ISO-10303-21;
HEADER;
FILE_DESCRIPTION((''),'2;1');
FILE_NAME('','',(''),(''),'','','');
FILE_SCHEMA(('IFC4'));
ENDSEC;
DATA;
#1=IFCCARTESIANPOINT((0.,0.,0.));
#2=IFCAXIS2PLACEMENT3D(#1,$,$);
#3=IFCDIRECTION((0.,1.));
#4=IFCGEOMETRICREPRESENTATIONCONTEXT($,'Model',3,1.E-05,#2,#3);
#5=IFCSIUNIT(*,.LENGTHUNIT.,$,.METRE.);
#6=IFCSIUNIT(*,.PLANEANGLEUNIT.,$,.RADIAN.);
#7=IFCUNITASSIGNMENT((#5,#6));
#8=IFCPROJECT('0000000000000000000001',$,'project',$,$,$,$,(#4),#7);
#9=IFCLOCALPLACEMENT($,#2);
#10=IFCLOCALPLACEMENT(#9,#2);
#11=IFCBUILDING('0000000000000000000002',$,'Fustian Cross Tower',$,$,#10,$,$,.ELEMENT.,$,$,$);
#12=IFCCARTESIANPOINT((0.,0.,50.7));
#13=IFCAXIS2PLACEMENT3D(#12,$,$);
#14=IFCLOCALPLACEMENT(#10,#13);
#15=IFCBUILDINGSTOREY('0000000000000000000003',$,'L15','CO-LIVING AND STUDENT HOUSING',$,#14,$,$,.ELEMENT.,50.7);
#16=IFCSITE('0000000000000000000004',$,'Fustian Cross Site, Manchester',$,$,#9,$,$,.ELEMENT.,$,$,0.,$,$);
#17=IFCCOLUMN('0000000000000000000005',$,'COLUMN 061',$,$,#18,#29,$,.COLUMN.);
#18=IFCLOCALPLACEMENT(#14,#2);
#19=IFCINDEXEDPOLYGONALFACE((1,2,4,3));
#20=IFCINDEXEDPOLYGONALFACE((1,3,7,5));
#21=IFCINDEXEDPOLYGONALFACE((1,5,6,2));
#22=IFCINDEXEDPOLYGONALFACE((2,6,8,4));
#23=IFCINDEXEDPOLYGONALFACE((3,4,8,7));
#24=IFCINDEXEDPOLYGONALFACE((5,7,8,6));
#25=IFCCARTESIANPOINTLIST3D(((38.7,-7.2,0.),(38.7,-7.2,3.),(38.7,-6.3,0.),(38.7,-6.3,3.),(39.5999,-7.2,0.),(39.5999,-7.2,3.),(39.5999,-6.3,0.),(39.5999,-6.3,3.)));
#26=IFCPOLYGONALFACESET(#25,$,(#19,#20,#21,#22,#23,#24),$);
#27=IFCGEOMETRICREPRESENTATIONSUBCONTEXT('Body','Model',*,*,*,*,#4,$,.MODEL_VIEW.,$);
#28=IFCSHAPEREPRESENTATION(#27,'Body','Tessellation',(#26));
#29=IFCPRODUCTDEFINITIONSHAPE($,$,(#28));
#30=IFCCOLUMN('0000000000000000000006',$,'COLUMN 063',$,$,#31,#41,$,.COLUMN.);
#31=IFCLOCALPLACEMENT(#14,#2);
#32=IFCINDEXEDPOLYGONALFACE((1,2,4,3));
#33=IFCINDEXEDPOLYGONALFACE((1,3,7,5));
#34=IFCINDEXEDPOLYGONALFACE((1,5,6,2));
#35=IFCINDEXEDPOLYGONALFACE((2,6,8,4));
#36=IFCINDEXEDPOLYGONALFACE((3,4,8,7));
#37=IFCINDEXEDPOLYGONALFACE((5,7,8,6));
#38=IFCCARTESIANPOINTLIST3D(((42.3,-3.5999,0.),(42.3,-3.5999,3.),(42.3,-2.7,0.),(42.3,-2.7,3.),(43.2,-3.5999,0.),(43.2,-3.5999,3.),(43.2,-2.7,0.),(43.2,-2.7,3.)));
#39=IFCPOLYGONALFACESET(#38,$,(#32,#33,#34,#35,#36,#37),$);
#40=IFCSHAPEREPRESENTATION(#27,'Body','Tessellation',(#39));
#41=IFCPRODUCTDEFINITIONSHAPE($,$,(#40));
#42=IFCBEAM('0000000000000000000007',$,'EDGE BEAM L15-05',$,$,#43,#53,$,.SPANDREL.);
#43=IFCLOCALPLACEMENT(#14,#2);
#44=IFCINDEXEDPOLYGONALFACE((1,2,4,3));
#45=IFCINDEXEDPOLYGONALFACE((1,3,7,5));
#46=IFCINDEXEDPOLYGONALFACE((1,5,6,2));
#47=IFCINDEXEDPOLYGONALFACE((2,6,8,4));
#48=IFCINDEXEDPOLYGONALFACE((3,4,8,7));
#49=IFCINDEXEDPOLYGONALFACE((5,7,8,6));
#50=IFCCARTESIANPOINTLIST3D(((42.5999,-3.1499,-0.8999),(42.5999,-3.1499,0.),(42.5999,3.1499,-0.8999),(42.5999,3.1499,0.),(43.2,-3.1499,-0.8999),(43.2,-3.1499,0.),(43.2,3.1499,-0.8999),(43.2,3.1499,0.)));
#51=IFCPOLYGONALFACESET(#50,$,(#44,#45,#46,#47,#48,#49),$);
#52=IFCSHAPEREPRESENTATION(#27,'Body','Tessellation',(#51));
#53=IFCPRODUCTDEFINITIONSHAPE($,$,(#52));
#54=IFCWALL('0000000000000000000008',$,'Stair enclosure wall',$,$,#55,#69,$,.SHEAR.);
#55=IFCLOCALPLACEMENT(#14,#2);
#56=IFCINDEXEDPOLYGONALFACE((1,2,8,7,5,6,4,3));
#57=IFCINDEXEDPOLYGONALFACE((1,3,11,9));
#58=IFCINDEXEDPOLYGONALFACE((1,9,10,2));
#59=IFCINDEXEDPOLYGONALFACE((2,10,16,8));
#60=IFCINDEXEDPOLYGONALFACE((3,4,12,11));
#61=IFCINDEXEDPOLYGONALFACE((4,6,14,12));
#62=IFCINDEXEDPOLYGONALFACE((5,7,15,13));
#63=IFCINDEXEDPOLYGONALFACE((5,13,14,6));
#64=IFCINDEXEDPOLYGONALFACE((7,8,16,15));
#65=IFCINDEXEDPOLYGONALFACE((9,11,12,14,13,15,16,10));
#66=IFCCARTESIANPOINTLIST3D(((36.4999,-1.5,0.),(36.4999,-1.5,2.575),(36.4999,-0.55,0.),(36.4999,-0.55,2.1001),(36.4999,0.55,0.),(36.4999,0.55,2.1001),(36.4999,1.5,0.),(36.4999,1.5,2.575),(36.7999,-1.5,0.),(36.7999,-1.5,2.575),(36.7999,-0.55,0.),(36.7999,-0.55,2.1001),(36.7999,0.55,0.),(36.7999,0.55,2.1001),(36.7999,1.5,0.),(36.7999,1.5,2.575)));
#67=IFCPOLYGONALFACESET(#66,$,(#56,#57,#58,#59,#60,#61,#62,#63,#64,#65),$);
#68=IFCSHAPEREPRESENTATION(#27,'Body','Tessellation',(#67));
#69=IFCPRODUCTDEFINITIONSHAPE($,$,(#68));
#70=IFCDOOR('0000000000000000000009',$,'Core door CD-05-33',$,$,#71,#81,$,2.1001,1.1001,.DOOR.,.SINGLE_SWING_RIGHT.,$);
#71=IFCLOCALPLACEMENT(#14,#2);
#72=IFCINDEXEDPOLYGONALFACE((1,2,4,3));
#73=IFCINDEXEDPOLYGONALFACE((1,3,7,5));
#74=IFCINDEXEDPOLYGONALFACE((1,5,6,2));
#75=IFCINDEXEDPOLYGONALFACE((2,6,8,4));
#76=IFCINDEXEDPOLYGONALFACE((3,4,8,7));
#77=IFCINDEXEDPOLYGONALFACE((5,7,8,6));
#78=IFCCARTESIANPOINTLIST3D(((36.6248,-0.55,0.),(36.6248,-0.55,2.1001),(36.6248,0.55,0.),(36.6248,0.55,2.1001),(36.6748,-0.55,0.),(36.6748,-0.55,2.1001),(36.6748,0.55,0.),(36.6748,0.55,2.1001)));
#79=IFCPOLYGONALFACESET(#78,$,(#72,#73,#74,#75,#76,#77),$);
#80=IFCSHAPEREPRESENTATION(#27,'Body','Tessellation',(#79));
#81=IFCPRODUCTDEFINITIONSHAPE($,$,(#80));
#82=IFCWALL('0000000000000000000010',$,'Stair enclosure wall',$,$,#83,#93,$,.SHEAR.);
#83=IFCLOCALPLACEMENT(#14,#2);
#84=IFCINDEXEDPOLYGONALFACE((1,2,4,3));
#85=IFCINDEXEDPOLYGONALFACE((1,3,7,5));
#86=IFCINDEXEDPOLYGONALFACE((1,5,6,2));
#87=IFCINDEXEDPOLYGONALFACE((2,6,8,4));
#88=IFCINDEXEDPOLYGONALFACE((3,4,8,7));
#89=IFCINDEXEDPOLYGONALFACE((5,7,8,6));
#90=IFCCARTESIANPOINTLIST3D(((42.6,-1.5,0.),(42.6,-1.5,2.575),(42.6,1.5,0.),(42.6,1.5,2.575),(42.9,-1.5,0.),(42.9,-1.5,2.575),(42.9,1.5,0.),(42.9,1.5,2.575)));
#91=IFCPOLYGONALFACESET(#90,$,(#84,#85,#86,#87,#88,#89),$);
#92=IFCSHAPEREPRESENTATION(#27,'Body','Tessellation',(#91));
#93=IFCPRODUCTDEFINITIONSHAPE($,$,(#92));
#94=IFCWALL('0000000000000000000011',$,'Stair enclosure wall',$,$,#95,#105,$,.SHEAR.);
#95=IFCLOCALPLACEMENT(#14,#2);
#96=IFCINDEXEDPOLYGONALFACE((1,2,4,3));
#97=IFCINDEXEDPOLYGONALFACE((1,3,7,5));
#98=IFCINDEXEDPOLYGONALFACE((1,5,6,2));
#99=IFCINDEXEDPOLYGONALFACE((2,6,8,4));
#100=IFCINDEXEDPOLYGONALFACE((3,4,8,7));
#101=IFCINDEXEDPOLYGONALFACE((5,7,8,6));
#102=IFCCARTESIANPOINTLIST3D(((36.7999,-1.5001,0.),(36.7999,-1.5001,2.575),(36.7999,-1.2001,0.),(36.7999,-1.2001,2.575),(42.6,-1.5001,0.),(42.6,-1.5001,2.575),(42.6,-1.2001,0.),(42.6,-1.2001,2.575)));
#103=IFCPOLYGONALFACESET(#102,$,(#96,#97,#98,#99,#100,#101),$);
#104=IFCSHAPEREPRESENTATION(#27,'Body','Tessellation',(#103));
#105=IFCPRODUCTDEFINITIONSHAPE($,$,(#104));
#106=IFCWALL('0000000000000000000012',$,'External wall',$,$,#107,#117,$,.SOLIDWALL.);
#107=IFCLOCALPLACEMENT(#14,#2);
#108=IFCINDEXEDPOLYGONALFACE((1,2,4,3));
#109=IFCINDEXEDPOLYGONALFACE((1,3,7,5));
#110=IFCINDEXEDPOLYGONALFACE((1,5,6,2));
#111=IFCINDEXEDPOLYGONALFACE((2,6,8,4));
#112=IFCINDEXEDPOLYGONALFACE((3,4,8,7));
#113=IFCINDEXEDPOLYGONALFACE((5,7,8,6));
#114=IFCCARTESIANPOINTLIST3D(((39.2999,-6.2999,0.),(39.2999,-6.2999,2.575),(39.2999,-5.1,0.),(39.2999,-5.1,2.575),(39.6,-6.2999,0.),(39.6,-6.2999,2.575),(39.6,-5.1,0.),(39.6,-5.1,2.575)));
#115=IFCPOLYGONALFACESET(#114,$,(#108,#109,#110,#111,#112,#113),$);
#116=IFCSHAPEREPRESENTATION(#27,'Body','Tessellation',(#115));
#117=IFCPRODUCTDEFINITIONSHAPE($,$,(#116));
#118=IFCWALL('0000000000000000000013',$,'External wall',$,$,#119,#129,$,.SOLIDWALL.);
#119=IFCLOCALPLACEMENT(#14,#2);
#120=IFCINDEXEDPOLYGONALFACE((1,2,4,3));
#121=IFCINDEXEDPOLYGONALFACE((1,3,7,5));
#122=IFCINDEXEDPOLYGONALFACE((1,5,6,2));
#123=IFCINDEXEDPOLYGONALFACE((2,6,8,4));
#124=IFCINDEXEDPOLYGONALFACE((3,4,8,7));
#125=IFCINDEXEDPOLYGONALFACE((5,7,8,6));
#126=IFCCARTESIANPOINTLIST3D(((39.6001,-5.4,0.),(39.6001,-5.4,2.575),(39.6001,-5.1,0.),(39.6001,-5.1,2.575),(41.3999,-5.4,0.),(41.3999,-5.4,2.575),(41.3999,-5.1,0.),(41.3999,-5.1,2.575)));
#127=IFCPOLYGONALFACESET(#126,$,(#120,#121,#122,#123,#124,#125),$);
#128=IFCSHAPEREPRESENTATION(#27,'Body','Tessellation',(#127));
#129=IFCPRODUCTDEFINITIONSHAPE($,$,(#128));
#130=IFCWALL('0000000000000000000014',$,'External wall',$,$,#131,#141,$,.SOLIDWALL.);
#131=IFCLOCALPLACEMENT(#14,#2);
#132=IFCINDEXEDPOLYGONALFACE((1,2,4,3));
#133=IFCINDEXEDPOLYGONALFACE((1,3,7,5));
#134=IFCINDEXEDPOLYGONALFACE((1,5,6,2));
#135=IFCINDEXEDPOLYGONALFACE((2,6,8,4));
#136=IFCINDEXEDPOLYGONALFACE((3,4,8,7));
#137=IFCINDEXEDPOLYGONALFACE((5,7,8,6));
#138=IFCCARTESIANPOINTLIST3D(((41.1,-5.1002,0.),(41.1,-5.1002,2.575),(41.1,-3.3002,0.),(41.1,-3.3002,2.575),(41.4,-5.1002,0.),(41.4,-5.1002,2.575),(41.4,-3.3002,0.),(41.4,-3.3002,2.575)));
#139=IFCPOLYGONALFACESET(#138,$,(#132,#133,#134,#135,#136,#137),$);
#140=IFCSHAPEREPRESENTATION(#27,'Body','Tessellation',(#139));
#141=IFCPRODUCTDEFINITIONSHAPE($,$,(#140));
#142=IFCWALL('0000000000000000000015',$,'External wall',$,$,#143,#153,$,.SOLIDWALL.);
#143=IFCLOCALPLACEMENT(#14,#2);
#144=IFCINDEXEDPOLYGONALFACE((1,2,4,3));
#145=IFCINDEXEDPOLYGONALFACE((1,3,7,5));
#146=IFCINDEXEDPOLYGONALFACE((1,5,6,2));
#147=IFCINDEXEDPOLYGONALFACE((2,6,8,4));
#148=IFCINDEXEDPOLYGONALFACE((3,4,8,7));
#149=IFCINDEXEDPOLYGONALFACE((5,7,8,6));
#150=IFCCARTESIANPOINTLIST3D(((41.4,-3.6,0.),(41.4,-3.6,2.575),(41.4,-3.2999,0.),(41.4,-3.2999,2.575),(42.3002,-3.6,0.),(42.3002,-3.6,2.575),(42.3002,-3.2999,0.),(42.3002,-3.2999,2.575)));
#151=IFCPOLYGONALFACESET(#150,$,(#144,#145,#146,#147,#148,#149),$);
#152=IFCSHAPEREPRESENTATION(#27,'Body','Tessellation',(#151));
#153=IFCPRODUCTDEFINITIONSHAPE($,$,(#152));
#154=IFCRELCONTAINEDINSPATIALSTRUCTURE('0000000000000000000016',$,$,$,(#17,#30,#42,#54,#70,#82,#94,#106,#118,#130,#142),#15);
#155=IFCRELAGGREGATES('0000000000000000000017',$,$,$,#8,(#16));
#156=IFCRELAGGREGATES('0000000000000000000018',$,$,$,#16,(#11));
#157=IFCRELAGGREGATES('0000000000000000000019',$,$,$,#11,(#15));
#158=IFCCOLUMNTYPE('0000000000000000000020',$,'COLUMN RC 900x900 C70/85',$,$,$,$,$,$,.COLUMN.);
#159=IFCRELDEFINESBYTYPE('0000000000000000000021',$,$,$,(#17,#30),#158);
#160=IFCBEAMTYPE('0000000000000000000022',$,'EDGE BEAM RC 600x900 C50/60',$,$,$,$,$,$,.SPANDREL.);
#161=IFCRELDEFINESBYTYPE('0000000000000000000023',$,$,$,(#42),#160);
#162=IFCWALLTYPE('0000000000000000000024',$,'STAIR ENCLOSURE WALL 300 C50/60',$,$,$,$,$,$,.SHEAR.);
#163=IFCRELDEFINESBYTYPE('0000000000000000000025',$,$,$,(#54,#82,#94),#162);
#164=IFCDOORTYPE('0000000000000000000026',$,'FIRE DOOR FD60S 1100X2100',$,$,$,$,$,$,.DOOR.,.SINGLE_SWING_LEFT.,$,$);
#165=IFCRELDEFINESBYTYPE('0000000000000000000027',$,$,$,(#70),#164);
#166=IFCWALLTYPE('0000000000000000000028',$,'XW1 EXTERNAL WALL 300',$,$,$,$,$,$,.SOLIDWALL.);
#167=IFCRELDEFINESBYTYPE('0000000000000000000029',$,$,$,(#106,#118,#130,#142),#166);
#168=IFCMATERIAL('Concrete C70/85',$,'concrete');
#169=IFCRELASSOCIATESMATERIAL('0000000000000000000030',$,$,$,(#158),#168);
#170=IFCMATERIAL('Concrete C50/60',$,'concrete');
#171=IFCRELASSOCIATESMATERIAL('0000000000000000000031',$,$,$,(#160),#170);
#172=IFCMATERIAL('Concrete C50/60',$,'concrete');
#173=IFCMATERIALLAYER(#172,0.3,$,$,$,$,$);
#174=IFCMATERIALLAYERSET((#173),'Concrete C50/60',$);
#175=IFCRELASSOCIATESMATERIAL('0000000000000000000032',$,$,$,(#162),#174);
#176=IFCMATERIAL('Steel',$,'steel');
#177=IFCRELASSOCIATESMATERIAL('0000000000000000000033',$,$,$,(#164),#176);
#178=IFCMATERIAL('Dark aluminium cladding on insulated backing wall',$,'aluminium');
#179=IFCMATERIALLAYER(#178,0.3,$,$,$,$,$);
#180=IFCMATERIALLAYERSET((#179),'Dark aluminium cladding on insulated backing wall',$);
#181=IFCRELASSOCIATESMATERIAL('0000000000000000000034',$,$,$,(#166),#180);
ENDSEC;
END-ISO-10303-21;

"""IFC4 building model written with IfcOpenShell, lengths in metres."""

from ifc_helpers import new_model, si_unit, direction, frame, frame_2d, origin, origin_2d, place, context, subcontext, project, spatial, rectangle, extrude, material, layer, layer_set, material_profile, profile_set, type_object, element, fill, save


model = new_model("IFC4")

# Units and contexts
model_context = context("Model", 3, precision=1e-05, world=origin(), true_north=direction((0.0, 1.0)))
body_context = subcontext(model_context, "Body", "Model", "MODEL_VIEW")
ifc_project = project(units=[si_unit("LENGTHUNIT", "METRE"), si_unit("PLANEANGLEUNIT", "RADIAN")], contexts=[model_context])

# Site, building, storey
site_placement = place(None, origin())
site = spatial("IfcSite", under=ifc_project, at=site_placement, Name="Fustian Cross Site, Manchester", CompositionType="ELEMENT", RefElevation=0.0)
building_placement = place(site_placement, origin())
building = spatial("IfcBuilding", under=site, at=building_placement, Name="Fustian Cross Tower", CompositionType="ELEMENT")
storey_placement = place(building_placement, frame((0.0, 0.0, 50.7)))
storey = spatial("IfcBuildingStorey", under=building, at=storey_placement, Name="L15", Description="CO-LIVING AND STUDENT HOUSING", CompositionType="ELEMENT", Elevation=50.7)

# Columns
ifc_material_1 = material(Name="Concrete C70/85", Category="concrete")
ifc_material_profile_1 = material_profile(ifc_material_1, rectangle(XDim=0.8999, YDim=0.8999, at=origin_2d()), Name="RC 900x900")
ifc_profile_set_1 = profile_set([ifc_material_profile_1], Name="Concrete C70/85")
column_type = type_object("IfcColumnType", Name="COLUMN RC 900x900 C70/85", PredefinedType="COLUMN", material=ifc_profile_set_1)
for number, where, z_axis, x_axis, name in (
    (1, (39.1499, -6.75, 0.0), (0.0, 0.0, 1.0), (1.0, 0.0, 0.0), "COLUMN 061"),
    (2, (42.75, -3.1499, 0.0), (0.0, 0.0, 1.0), (1.0, 0.0, 0.0), "COLUMN 063"),
):
    element("IfcColumn", number, at=place(storey_placement, frame(where, z_axis=z_axis, x_axis=x_axis)), inside=storey, type_object=column_type, Name=name, PredefinedType="COLUMN", context=body_context, shape_type="SweptSolid", body=[
        extrude(rectangle(XDim=0.8999, YDim=0.8999, at=origin_2d()), origin(), (0.0, 0.0, 1.0), 3.0),
    ])

# Beam
ifc_material_2 = material(Name="Concrete C50/60", Category="concrete")
ifc_material_profile_2 = material_profile(ifc_material_2, rectangle(XDim=0.6001, YDim=0.8999, at=origin_2d()), Name="RC 600x900")
ifc_profile_set_2 = profile_set([ifc_material_profile_2], Name="Concrete C50/60")
beam_type = type_object("IfcBeamType", Name="EDGE BEAM RC 600x900 C50/60", PredefinedType="SPANDREL", material=ifc_profile_set_2)
beam_placement = place(storey_placement, frame((42.8999, -3.1499, -0.45), z_axis=(0.0, 1.0, 0.0), x_axis=(-1.0, 0.0, 0.0)))
element("IfcBeam", 3, at=beam_placement, inside=storey, type_object=beam_type, Name="EDGE BEAM L15-05", PredefinedType="SPANDREL", context=body_context, shape_type="SweptSolid", body=[
    extrude(rectangle(XDim=0.6001, YDim=0.8999, at=origin_2d()), origin(), (0.0, 0.0, 1.0), 6.2998),
])

# Wall, opening, door
ifc_material_3 = material(Name="Concrete C50/60", Category="concrete")
ifc_layer_1 = layer(ifc_material_3, 0.3)
ifc_layer_set_1 = layer_set([ifc_layer_1], Name="Concrete C50/60")
wall_type_1 = type_object("IfcWallType", Name="STAIR ENCLOSURE WALL 300 C50/60", PredefinedType="SHEAR", material=ifc_layer_set_1)
wall_1_placement = place(storey_placement, frame((36.6499, -1.5, 0.0), z_axis=(0.0, 0.0, 1.0), x_axis=(0.0, 1.0, 0.0)))
wall_1 = element("IfcWall", 4, at=wall_1_placement, inside=storey, type_object=wall_type_1, Name="Stair enclosure wall", PredefinedType="SHEAR", context=body_context, shape_type="SweptSolid", body=[
    extrude(rectangle(XDim=3.0, YDim=0.3, at=frame_2d((1.5, 0.0))), origin(), (0.0, 0.0, 1.0), 2.575),
])
opening_1_placement = place(wall_1_placement, frame((0.95, 0.0, 0.0)))
opening_1 = element("IfcOpeningElement", 5, at=opening_1_placement, cuts=wall_1, PredefinedType="OPENING", context=body_context, shape_type="SweptSolid", body=[
    extrude(rectangle(XDim=1.1001, YDim=2.1001, at=frame_2d((0.55, 1.05))), frame((0.0, 0.1599, 0.0), z_axis=(0.0, -1.0, 0.0), x_axis=(1.0, 0.0, 0.0)), (0.0, 0.0, 1.0), 0.3201),
])
ifc_material_4 = material(Name="Steel", Category="steel")
door_type = type_object("IfcDoorType", Name="FIRE DOOR FD60S 1100X2100", OperationType="SINGLE_SWING_LEFT", PredefinedType="DOOR", material=ifc_material_4)
door_placement = place(opening_1_placement, frame((1.1001, 0.0, 0.0), z_axis=(0.0, 0.0, 1.0), x_axis=(-1.0, 0.0, 0.0)))
door = element("IfcDoor", 6, at=door_placement, inside=storey, type_object=door_type, Name="Core door CD-05-33", OperationType="SINGLE_SWING_RIGHT", OverallHeight=2.1001, OverallWidth=1.1001, PredefinedType="DOOR", context=body_context, shape_type="SweptSolid", body=[
    extrude(rectangle(XDim=1.1001, YDim=2.1001, at=frame_2d((0.55, 1.05))), frame((0.0, 0.0249, 0.0), z_axis=(0.0, -1.0, 0.0), x_axis=(1.0, 0.0, 0.0)), (0.0, 0.0, 1.0), 0.05),
])
fill(opening_1, door)

# Walls
wall_2_placement = place(storey_placement, frame((42.75, -1.5, 0.0), z_axis=(0.0, 0.0, 1.0), x_axis=(0.0, 1.0, 0.0)))
element("IfcWall", 7, at=wall_2_placement, inside=storey, type_object=wall_type_1, Name="Stair enclosure wall", PredefinedType="SHEAR", context=body_context, shape_type="SweptSolid", body=[
    extrude(rectangle(XDim=3.0, YDim=0.3, at=frame_2d((1.5, 0.0))), origin(), (0.0, 0.0, 1.0), 2.575),
])
wall_3_placement = place(storey_placement, frame((36.8, -1.3501, 0.0), z_axis=(0.0, 0.0, 1.0), x_axis=(1.0, 0.0, 0.0)))
element("IfcWall", 8, at=wall_3_placement, inside=storey, type_object=wall_type_1, Name="Stair enclosure wall", PredefinedType="SHEAR", context=body_context, shape_type="SweptSolid", body=[
    extrude(rectangle(XDim=5.8, YDim=0.3, at=frame_2d((2.8999, 0.0))), origin(), (0.0, 0.0, 1.0), 2.575),
])
ifc_material_5 = material(Name="Dark aluminium cladding on insulated backing wall", Category="aluminium")
ifc_layer_2 = layer(ifc_material_5, 0.3)
ifc_layer_set_2 = layer_set([ifc_layer_2], Name="Dark aluminium cladding on insulated backing wall")
wall_type_2 = type_object("IfcWallType", Name="XW1 EXTERNAL WALL 300", PredefinedType="SOLIDWALL", material=ifc_layer_set_2)
wall_4_placement = place(storey_placement, frame((39.45, -6.3, 0.0), z_axis=(0.0, 0.0, 1.0), x_axis=(0.0, 1.0, 0.0)))
element("IfcWall", 9, at=wall_4_placement, inside=storey, type_object=wall_type_2, Name="External wall", PredefinedType="SOLIDWALL", context=body_context, shape_type="SweptSolid", body=[
    extrude(rectangle(XDim=1.2, YDim=0.3, at=frame_2d((0.6001, 0.0))), origin(), (0.0, 0.0, 1.0), 2.575),
])
wall_5_placement = place(storey_placement, frame((39.6001, -5.25, 0.0), z_axis=(0.0, 0.0, 1.0), x_axis=(1.0, 0.0, 0.0)))
element("IfcWall", 10, at=wall_5_placement, inside=storey, type_object=wall_type_2, Name="External wall", PredefinedType="SOLIDWALL", context=body_context, shape_type="SweptSolid", body=[
    extrude(rectangle(XDim=1.7998, YDim=0.3, at=frame_2d((0.8999, 0.0))), origin(), (0.0, 0.0, 1.0), 2.575),
])
wall_6_placement = place(storey_placement, frame((41.25, -5.1001, 0.0), z_axis=(0.0, 0.0, 1.0), x_axis=(0.0, 1.0, 0.0)))
element("IfcWall", 11, at=wall_6_placement, inside=storey, type_object=wall_type_2, Name="External wall", PredefinedType="SOLIDWALL", context=body_context, shape_type="SweptSolid", body=[
    extrude(rectangle(XDim=1.8, YDim=0.3, at=frame_2d((0.8999, 0.0))), origin(), (0.0, 0.0, 1.0), 2.575),
])
wall_7_placement = place(storey_placement, frame((41.3999, -3.45, 0.0), z_axis=(0.0, 0.0, 1.0), x_axis=(1.0, 0.0, 0.0)))
element("IfcWall", 12, at=wall_7_placement, inside=storey, type_object=wall_type_2, Name="External wall", PredefinedType="SOLIDWALL", context=body_context, shape_type="SweptSolid", body=[
    extrude(rectangle(XDim=0.9001, YDim=0.3, at=frame_2d((0.4502, 0.0))), origin(), (0.0, 0.0, 1.0), 2.575),
])

save(model, "model.ifc")
